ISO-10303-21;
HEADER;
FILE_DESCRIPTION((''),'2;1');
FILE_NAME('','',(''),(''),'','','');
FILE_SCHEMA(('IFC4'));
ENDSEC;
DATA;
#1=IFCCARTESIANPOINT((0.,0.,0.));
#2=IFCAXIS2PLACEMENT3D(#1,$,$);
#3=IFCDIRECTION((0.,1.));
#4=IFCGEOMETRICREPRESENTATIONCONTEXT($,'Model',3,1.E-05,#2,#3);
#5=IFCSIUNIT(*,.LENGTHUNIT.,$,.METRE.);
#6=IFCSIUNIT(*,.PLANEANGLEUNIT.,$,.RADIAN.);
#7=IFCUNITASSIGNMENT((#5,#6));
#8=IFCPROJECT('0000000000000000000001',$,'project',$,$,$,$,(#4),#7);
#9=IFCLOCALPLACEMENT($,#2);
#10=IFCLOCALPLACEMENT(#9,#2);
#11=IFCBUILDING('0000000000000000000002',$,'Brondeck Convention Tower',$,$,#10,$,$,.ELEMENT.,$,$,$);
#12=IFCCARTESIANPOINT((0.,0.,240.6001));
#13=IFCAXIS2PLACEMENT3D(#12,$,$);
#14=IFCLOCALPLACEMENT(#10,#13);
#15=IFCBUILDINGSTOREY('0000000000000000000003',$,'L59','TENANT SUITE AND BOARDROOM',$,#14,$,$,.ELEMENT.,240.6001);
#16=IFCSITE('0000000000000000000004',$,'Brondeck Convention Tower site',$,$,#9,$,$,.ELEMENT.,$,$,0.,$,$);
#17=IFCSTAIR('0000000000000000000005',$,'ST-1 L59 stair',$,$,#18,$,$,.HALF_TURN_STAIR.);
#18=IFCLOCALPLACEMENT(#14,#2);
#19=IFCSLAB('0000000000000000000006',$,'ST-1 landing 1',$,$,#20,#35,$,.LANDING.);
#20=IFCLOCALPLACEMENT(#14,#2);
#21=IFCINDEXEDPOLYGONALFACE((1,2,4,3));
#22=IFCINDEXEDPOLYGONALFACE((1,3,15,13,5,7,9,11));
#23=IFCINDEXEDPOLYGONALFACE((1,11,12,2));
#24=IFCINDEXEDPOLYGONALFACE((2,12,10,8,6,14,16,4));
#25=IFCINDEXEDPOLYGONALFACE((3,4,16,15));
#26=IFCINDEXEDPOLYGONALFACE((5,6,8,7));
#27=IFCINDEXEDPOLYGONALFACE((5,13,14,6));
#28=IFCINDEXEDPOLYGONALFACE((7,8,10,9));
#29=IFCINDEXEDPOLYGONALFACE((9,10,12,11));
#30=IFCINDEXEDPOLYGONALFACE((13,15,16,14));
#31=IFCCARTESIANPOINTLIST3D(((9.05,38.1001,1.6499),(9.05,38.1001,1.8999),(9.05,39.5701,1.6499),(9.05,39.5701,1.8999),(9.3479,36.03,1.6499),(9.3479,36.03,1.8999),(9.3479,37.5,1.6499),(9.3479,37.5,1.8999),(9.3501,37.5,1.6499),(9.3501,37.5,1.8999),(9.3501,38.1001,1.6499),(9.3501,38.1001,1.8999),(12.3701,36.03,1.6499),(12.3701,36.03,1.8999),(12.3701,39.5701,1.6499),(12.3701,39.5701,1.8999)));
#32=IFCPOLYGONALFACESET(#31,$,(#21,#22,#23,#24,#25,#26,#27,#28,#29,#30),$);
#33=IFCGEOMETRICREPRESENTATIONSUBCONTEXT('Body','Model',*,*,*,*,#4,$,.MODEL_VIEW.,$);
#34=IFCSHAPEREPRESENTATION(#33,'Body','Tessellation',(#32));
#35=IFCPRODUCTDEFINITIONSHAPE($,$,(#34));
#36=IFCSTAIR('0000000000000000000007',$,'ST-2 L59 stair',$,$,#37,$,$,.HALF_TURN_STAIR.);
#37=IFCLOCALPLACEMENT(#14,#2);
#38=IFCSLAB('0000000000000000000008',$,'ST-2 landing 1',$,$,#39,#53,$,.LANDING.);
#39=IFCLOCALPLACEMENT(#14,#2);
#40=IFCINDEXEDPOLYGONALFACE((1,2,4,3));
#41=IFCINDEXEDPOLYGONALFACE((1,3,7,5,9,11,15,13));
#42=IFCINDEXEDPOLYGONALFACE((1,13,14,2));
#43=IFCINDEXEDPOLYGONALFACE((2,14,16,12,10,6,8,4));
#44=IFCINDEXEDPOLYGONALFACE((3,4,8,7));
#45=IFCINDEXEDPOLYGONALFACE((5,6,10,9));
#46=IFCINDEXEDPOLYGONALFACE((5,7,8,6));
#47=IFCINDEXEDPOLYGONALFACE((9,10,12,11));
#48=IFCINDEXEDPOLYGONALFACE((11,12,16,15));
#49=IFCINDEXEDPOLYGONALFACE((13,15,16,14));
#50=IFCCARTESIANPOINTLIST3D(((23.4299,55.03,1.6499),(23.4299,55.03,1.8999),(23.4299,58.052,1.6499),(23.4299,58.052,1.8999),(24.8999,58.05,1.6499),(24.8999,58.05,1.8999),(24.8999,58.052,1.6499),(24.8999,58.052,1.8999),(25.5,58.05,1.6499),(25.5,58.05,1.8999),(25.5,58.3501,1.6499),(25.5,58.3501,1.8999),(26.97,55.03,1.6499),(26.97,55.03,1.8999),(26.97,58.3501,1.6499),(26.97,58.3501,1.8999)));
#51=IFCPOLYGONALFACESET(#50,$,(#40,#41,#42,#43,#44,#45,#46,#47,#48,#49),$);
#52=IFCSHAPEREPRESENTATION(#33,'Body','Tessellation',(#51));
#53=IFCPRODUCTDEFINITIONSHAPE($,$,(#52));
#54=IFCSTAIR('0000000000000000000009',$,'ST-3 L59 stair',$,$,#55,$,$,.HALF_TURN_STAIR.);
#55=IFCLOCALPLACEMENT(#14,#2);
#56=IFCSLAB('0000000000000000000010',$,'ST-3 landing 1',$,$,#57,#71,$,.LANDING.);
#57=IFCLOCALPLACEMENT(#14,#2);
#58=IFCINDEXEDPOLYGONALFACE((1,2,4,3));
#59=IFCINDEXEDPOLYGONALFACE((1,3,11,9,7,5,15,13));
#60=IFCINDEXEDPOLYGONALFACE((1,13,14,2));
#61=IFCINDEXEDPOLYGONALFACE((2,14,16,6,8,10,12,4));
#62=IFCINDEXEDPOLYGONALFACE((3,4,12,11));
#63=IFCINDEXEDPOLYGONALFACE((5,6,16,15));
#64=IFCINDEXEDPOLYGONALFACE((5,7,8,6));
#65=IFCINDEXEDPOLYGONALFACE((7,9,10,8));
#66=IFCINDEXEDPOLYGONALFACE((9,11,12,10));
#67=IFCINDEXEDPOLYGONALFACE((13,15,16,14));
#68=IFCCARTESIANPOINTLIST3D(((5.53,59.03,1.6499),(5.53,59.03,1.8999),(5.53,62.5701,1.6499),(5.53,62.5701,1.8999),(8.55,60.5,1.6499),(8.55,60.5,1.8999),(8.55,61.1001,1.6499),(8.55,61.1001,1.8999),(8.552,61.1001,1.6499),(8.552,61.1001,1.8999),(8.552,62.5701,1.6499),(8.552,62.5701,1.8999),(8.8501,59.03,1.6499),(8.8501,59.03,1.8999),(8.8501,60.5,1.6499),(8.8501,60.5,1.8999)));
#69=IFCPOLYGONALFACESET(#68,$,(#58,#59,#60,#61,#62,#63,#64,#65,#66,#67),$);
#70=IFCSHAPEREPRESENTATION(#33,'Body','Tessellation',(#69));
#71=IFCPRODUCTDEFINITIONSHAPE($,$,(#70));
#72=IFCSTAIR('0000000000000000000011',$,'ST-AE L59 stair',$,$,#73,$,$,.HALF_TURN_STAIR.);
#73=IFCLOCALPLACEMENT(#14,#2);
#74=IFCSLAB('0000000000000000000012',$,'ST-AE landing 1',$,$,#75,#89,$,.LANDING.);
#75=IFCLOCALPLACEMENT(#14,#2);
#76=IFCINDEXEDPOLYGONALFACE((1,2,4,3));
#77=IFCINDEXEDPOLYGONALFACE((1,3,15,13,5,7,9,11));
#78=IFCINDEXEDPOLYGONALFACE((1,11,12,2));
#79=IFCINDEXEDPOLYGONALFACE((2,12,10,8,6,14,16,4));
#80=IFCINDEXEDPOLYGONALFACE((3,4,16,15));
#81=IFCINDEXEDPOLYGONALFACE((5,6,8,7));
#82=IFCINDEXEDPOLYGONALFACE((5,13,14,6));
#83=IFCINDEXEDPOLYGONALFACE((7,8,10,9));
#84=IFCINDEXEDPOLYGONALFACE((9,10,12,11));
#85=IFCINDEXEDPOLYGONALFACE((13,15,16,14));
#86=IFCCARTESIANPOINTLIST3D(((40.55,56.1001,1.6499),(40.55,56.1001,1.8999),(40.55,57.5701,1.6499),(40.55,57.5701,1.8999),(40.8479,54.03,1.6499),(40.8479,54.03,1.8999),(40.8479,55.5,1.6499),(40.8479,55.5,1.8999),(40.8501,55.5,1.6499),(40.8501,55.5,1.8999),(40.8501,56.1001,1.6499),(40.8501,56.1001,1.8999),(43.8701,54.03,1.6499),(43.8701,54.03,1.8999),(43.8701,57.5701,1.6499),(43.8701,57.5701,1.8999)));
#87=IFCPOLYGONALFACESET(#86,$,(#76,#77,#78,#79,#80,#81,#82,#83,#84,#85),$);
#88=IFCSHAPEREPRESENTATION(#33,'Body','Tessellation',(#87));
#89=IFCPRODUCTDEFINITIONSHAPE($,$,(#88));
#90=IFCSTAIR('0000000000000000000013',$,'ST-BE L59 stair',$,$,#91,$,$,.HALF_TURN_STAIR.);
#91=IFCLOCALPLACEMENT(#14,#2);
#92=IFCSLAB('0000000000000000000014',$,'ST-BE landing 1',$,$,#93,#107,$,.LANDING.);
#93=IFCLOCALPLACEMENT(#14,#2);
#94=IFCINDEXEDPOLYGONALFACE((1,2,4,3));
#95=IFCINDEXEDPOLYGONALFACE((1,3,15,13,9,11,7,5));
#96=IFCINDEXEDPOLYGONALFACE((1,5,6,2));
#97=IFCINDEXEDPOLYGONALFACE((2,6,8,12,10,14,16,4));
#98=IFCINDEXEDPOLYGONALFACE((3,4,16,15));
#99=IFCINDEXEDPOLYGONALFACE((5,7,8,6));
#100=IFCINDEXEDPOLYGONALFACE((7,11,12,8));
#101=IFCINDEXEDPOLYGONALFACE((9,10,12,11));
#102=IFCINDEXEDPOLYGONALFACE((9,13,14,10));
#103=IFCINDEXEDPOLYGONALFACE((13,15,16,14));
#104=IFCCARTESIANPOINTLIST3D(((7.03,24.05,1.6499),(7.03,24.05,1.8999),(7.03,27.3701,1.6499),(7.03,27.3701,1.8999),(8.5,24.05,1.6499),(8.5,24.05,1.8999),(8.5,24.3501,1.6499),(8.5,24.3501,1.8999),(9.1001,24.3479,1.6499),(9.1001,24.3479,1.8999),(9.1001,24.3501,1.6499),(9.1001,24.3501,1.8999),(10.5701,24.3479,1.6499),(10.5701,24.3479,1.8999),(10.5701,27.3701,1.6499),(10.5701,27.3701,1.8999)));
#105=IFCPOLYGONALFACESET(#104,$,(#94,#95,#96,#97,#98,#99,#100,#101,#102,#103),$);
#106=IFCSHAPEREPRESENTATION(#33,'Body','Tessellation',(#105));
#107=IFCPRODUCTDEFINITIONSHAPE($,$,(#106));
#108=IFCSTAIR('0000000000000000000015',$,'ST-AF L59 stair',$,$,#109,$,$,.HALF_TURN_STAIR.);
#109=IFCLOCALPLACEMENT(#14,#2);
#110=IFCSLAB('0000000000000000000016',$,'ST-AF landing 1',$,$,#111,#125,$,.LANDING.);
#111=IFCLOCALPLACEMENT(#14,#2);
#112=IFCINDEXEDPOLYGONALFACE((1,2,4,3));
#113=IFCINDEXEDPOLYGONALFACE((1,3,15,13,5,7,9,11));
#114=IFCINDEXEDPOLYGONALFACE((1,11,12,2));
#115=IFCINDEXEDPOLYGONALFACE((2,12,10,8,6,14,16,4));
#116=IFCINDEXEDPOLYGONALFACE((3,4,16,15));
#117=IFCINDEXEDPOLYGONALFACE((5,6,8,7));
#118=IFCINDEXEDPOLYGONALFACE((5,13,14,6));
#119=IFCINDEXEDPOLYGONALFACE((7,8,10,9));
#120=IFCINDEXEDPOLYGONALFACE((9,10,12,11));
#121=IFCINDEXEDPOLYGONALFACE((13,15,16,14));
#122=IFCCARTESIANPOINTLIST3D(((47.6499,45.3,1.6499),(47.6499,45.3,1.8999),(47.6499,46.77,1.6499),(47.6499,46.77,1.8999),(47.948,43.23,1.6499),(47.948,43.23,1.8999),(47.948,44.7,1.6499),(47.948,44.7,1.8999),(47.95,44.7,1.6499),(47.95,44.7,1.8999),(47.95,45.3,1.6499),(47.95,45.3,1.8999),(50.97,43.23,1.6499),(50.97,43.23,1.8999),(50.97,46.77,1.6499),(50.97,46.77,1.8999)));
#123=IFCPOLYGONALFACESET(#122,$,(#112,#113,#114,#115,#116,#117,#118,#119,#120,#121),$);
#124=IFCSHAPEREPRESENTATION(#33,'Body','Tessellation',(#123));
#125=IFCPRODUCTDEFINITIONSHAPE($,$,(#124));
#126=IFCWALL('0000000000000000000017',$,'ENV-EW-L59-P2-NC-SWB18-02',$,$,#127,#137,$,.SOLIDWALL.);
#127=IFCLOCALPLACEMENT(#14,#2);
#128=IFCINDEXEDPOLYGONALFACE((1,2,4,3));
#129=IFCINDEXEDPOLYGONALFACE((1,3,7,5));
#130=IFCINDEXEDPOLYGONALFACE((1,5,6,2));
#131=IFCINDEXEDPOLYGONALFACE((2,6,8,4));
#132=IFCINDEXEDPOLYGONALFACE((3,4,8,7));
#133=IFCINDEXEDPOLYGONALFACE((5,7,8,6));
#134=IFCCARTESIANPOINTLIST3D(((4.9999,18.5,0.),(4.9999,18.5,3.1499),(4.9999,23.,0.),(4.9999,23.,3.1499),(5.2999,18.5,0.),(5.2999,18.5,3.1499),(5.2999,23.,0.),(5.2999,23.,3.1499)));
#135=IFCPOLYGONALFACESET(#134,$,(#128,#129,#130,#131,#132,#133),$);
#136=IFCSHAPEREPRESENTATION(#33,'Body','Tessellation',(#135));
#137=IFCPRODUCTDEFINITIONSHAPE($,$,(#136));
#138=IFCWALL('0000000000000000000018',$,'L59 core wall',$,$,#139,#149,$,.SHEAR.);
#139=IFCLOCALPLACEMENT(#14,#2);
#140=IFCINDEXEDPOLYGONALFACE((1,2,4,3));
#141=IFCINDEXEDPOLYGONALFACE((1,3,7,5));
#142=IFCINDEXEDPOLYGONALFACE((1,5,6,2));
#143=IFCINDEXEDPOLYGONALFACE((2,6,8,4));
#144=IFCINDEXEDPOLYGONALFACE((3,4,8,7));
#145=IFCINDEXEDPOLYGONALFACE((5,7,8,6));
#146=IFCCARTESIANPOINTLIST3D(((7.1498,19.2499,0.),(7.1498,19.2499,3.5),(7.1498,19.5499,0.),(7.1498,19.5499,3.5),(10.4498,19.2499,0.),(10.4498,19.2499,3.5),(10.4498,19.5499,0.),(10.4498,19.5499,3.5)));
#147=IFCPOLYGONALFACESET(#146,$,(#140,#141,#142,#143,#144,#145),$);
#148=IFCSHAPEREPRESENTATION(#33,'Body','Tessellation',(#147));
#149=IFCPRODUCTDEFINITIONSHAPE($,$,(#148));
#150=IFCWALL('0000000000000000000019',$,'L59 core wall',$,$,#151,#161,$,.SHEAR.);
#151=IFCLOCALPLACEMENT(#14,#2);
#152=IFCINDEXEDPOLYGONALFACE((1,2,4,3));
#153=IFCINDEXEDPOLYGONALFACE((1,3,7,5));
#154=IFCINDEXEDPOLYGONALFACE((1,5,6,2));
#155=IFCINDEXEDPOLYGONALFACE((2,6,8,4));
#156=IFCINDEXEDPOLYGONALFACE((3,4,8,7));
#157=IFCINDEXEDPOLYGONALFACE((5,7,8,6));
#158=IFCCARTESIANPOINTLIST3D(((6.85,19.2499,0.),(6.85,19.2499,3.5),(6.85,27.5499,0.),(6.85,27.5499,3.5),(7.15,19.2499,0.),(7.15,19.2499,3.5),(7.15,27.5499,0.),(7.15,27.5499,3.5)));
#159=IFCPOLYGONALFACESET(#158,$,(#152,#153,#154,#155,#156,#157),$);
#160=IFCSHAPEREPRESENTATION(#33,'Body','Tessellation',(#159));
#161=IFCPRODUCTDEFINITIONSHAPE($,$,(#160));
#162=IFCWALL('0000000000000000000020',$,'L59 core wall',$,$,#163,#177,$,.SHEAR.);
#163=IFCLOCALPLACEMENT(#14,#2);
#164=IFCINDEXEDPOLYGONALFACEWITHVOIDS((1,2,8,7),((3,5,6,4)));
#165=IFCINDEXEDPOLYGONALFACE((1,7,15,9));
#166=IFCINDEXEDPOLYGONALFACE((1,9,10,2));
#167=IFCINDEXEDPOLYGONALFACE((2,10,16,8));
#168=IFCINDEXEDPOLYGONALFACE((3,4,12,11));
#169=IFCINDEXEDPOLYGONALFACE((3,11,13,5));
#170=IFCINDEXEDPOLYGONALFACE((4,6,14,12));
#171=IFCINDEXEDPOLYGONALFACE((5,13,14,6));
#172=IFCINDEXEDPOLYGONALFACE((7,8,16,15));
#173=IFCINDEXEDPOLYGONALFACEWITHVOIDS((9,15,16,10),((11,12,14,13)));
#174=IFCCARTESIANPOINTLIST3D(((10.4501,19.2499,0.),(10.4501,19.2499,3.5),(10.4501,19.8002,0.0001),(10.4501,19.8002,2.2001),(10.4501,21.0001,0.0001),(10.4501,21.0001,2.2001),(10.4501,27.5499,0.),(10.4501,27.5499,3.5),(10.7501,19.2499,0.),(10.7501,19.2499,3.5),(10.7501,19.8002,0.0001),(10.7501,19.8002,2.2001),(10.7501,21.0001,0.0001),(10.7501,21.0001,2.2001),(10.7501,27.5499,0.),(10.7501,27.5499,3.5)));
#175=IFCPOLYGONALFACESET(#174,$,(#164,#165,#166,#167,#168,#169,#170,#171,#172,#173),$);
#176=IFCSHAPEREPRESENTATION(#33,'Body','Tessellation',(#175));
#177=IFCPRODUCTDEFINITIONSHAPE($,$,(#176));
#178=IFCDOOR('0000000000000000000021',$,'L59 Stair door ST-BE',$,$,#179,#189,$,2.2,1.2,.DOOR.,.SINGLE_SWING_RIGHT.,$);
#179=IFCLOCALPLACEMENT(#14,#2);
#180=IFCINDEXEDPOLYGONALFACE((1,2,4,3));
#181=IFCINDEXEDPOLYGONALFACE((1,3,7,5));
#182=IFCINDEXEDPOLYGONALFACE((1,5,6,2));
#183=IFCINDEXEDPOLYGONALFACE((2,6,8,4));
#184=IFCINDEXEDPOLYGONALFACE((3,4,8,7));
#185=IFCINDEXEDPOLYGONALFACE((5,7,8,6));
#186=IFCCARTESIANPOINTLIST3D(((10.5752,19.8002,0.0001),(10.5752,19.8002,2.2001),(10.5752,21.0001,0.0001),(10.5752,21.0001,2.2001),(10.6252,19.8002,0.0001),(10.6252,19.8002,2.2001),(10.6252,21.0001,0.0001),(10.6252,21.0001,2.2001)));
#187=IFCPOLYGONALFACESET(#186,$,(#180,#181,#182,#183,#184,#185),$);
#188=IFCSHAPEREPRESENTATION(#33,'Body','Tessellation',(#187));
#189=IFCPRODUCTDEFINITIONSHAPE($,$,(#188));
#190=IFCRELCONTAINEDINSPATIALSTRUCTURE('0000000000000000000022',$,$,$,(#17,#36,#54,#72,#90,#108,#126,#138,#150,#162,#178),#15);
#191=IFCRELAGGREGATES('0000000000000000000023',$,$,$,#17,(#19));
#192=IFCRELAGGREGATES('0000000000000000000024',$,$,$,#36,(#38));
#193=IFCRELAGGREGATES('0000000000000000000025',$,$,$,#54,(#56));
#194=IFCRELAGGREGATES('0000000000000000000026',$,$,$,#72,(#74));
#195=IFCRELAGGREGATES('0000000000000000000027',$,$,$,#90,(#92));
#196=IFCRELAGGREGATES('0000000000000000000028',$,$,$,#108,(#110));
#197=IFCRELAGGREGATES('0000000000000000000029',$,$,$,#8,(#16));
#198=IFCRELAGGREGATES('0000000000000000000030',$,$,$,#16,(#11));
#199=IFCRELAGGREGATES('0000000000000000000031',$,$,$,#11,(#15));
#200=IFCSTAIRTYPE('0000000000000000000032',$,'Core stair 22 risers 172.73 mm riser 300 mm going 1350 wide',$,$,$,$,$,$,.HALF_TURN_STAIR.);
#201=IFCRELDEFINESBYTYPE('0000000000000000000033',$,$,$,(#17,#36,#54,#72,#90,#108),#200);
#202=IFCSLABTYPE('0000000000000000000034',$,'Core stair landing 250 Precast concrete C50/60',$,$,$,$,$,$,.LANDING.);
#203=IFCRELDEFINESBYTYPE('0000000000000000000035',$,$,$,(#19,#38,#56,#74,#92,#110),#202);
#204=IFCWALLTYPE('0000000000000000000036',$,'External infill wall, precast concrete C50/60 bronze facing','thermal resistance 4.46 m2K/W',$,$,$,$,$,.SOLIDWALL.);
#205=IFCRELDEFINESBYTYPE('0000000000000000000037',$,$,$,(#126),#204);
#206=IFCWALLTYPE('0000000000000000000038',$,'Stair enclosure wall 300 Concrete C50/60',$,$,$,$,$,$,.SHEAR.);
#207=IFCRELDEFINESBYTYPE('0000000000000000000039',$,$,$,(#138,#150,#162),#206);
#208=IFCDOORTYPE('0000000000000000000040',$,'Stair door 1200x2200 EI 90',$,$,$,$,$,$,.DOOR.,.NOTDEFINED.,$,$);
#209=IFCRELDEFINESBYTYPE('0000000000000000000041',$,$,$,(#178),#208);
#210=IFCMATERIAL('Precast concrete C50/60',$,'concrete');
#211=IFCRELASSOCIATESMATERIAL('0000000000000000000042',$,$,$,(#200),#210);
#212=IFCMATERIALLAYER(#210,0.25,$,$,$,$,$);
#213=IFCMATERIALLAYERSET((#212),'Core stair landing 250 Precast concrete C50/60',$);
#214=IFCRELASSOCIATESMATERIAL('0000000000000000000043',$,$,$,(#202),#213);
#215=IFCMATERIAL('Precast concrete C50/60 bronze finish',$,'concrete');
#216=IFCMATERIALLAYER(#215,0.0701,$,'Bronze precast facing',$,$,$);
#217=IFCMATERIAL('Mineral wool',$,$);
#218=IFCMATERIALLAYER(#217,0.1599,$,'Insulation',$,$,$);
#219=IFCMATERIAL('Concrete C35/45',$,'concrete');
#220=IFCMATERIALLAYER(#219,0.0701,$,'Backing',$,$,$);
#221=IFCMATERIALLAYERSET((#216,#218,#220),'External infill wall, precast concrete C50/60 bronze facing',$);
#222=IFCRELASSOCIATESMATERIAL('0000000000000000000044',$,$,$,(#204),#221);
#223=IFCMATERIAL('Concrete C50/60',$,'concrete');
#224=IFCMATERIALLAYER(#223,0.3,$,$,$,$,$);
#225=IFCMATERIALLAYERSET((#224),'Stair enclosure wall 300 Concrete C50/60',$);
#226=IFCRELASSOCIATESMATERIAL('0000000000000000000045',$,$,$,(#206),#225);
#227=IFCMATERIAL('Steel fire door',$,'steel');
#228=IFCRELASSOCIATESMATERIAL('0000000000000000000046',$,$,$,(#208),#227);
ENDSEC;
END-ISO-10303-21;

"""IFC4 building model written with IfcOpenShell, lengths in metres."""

from ifc_helpers import new_model, si_unit, direction, frame, frame_2d, origin, place, context, subcontext, project, spatial, polyline, rectangle, outline, extrude, material, layer, layer_set, type_object, element, fill, aggregate, save


model = new_model("IFC4")

# Units and contexts
model_context = context("Model", 3, precision=1e-05, world=origin(), true_north=direction((0.0, 1.0)))
body_context = subcontext(model_context, "Body", "Model", "MODEL_VIEW")
ifc_project = project(units=[si_unit("LENGTHUNIT", "METRE"), si_unit("PLANEANGLEUNIT", "RADIAN")], contexts=[model_context])

# Site, building, storey
site_placement = place(None, origin())
site = spatial("IfcSite", under=ifc_project, at=site_placement, Name="Brondeck Convention Tower site", CompositionType="ELEMENT", RefElevation=0.0)
building_placement = place(site_placement, origin())
building = spatial("IfcBuilding", under=site, at=building_placement, Name="Brondeck Convention Tower", CompositionType="ELEMENT")
storey_placement = place(building_placement, frame((0.0, 0.0, 240.6001)))
storey = spatial("IfcBuildingStorey", under=building, at=storey_placement, Name="L59", Description="TENANT SUITE AND BOARDROOM", CompositionType="ELEMENT", Elevation=240.6001)

# Shared definitions
ifc_material_1 = material(Name="Concrete C50/60", Category="concrete")

# Shared definitions
ifc_material_2 = material(Name="Concrete C35/45", Category="concrete")

# Stairs, slabs
ifc_material_3 = material(Name="Precast concrete C50/60", Category="concrete")
stair_type = type_object("IfcStairType", Name="Core stair 22 risers 172.73 mm riser 300 mm going 1350 wide", PredefinedType="HALF_TURN_STAIR", material=ifc_material_3)
stair_1_placement = place(storey_placement, origin())
stair_1 = element("IfcStair", 1, at=stair_1_placement, inside=storey, type_object=stair_type, Name="ST-1 L59 stair", PredefinedType="HALF_TURN_STAIR")
ifc_layer_1 = layer(ifc_material_3, 0.25)
ifc_layer_set_1 = layer_set([ifc_layer_1], Name="Core stair landing 250 Precast concrete C50/60")
slab_type_1 = type_object("IfcSlabType", Name="Core stair landing 250 Precast concrete C50/60", PredefinedType="LANDING", material=ifc_layer_set_1)
slab_1_placement = place(storey_placement, frame((0.0, 0.0, 1.6499)))
slab_1 = element("IfcSlab", 2, at=slab_1_placement, type_object=slab_type_1, Name="ST-1 landing 1", PredefinedType="LANDING", context=body_context, shape_type="SweptSolid", body=[
    extrude(outline(polyline([(9.3479, 37.5), (9.3501, 37.5), (9.3501, 38.1001), (9.05, 38.1001), (9.05, 39.5701), (12.3701, 39.5701), (12.3701, 36.03), (9.3479, 36.03), (9.3479, 37.5)])), origin(), (0.0, 0.0, 1.0), 0.25),
])
aggregate(stair_1, [slab_1])
stair_2_placement = place(storey_placement, origin())
stair_2 = element("IfcStair", 3, at=stair_2_placement, inside=storey, type_object=stair_type, Name="ST-2 L59 stair", PredefinedType="HALF_TURN_STAIR")
slab_2_placement = place(storey_placement, frame((0.0, 0.0, 1.6499)))
slab_2 = element("IfcSlab", 4, at=slab_2_placement, type_object=slab_type_1, Name="ST-2 landing 1", PredefinedType="LANDING", context=body_context, shape_type="SweptSolid", body=[
    extrude(outline(polyline([(23.4299, 58.052), (24.8999, 58.052), (24.8999, 58.05), (25.5, 58.05), (25.5, 58.3501), (26.97, 58.3501), (26.97, 55.03), (23.4299, 55.03), (23.4299, 58.052)])), origin(), (0.0, 0.0, 1.0), 0.25),
])
aggregate(stair_2, [slab_2])
stair_3_placement = place(storey_placement, origin())
stair_3 = element("IfcStair", 5, at=stair_3_placement, inside=storey, type_object=stair_type, Name="ST-3 L59 stair", PredefinedType="HALF_TURN_STAIR")
slab_3_placement = place(storey_placement, frame((0.0, 0.0, 1.6499)))
slab_3 = element("IfcSlab", 6, at=slab_3_placement, type_object=slab_type_1, Name="ST-3 landing 1", PredefinedType="LANDING", context=body_context, shape_type="SweptSolid", body=[
    extrude(outline(polyline([(8.8501, 60.5), (8.8501, 59.03), (5.53, 59.03), (5.53, 62.5701), (8.552, 62.5701), (8.552, 61.1001), (8.55, 61.1001), (8.55, 60.5), (8.8501, 60.5)])), origin(), (0.0, 0.0, 1.0), 0.25),
])
aggregate(stair_3, [slab_3])
stair_4_placement = place(storey_placement, origin())
stair_4 = element("IfcStair", 7, at=stair_4_placement, inside=storey, type_object=stair_type, Name="ST-AE L59 stair", PredefinedType="HALF_TURN_STAIR")
slab_4_placement = place(storey_placement, frame((0.0, 0.0, 1.6499)))
slab_4 = element("IfcSlab", 8, at=slab_4_placement, type_object=slab_type_1, Name="ST-AE landing 1", PredefinedType="LANDING", context=body_context, shape_type="SweptSolid", body=[
    extrude(outline(polyline([(40.8479, 55.5), (40.8501, 55.5), (40.8501, 56.1001), (40.55, 56.1001), (40.55, 57.5701), (43.8701, 57.5701), (43.8701, 54.03), (40.8479, 54.03), (40.8479, 55.5)])), origin(), (0.0, 0.0, 1.0), 0.25),
])
aggregate(stair_4, [slab_4])
stair_5_placement = place(storey_placement, origin())
stair_5 = element("IfcStair", 9, at=stair_5_placement, inside=storey, type_object=stair_type, Name="ST-BE L59 stair", PredefinedType="HALF_TURN_STAIR")
slab_5_placement = place(storey_placement, frame((0.0, 0.0, 1.6499)))
slab_5 = element("IfcSlab", 10, at=slab_5_placement, type_object=slab_type_1, Name="ST-BE landing 1", PredefinedType="LANDING", context=body_context, shape_type="SweptSolid", body=[
    extrude(outline(polyline([(7.03, 24.05), (7.03, 27.3701), (10.5701, 27.3701), (10.5701, 24.3479), (9.1001, 24.3479), (9.1001, 24.3501), (8.5, 24.3501), (8.5, 24.05), (7.03, 24.05)])), origin(), (0.0, 0.0, 1.0), 0.25),
])
aggregate(stair_5, [slab_5])
stair_6_placement = place(storey_placement, origin())
stair_6 = element("IfcStair", 11, at=stair_6_placement, inside=storey, type_object=stair_type, Name="ST-AF L59 stair", PredefinedType="HALF_TURN_STAIR")
slab_6_placement = place(storey_placement, frame((0.0, 0.0, 1.6499)))
slab_6 = element("IfcSlab", 12, at=slab_6_placement, type_object=slab_type_1, Name="ST-AF landing 1", PredefinedType="LANDING", context=body_context, shape_type="SweptSolid", body=[
    extrude(outline(polyline([(47.948, 44.7), (47.95, 44.7), (47.95, 45.3), (47.6499, 45.3), (47.6499, 46.77), (50.97, 46.77), (50.97, 43.23), (47.948, 43.23), (47.948, 44.7)])), origin(), (0.0, 0.0, 1.0), 0.25),
])
aggregate(stair_6, [slab_6])

# Walls
ifc_material_4 = material(Name="Precast concrete C50/60 bronze finish", Category="concrete")
ifc_layer_2 = layer(ifc_material_4, 0.0701, Name="Bronze precast facing")
ifc_material_5 = material(Name="Mineral wool")
ifc_layer_3 = layer(ifc_material_5, 0.1599, Name="Insulation")
ifc_layer_4 = layer(ifc_material_2, 0.0701, Name="Backing")
ifc_layer_set_2 = layer_set([ifc_layer_2, ifc_layer_3, ifc_layer_4], Name="External infill wall, precast concrete C50/60 bronze facing")
wall_type_1 = type_object("IfcWallType", Name="External infill wall, precast concrete C50/60 bronze facing", Description="thermal resistance 4.46 m2K/W", PredefinedType="SOLIDWALL", material=ifc_layer_set_2)
wall_1_placement = place(storey_placement, frame((5.1499, 18.5, 0.0), z_axis=(0.0, 0.0, 1.0), x_axis=(0.0, 1.0, 0.0)))
element("IfcWall", 13, at=wall_1_placement, inside=storey, type_object=wall_type_1, Name="ENV-EW-L59-P2-NC-SWB18-02", PredefinedType="SOLIDWALL", context=body_context, shape_type="SweptSolid", body=[
    extrude(rectangle(XDim=4.5, YDim=0.3, at=frame_2d((2.25, 0.0))), origin(), (0.0, 0.0, 1.0), 3.1499),
])
ifc_layer_5 = layer(ifc_material_1, 0.3)
ifc_layer_set_3 = layer_set([ifc_layer_5], Name="Stair enclosure wall 300 Concrete C50/60")
wall_type_2 = type_object("IfcWallType", Name="Stair enclosure wall 300 Concrete C50/60", PredefinedType="SHEAR", material=ifc_layer_set_3)
wall_2_placement = place(storey_placement, frame((7.1499, 19.3999, 0.0), z_axis=(0.0, 0.0, 1.0), x_axis=(1.0, 0.0, 0.0)))
element("IfcWall", 14, at=wall_2_placement, inside=storey, type_object=wall_type_2, Name="L59 core wall", PredefinedType="SHEAR", context=body_context, shape_type="SweptSolid", body=[
    extrude(rectangle(XDim=3.3, YDim=0.3, at=frame_2d((1.6499, 0.0))), origin(), (0.0, 0.0, 1.0), 3.5),
])
wall_3_placement = place(storey_placement, frame((7.0, 19.25, 0.0), z_axis=(0.0, 0.0, 1.0), x_axis=(0.0, 1.0, 0.0)))
element("IfcWall", 15, at=wall_3_placement, inside=storey, type_object=wall_type_2, Name="L59 core wall", PredefinedType="SHEAR", context=body_context, shape_type="SweptSolid", body=[
    extrude(rectangle(XDim=8.3, YDim=0.3, at=frame_2d((4.1499, 0.0))), origin(), (0.0, 0.0, 1.0), 3.5),
])

# Wall, opening, door
wall_4_placement = place(storey_placement, frame((10.6001, 19.25, 0.0), z_axis=(0.0, 0.0, 1.0), x_axis=(0.0, 1.0, 0.0)))
wall_4 = element("IfcWall", 16, at=wall_4_placement, inside=storey, type_object=wall_type_2, Name="L59 core wall", PredefinedType="SHEAR", context=body_context, shape_type="SweptSolid", body=[
    extrude(rectangle(XDim=8.3, YDim=0.3, at=frame_2d((4.1499, 0.0))), origin(), (0.0, 0.0, 1.0), 3.5),
])
opening_placement = place(wall_4_placement, frame((0.55, 0.0, 0.0)))
opening = element("IfcOpeningElement", 17, at=opening_placement, cuts=wall_4, PredefinedType="OPENING", context=body_context, shape_type="SweptSolid", body=[
    extrude(rectangle(XDim=1.2, YDim=2.2, at=frame_2d((0.6001, 1.1001))), frame((0.0, 0.1599, 0.0), z_axis=(0.0, -1.0, 0.0), x_axis=(1.0, 0.0, 0.0)), (0.0, 0.0, 1.0), 0.3201),
])
ifc_material_6 = material(Name="Steel fire door", Category="steel")
door_type = type_object("IfcDoorType", Name="Stair door 1200x2200 EI 90", OperationType="NOTDEFINED", PredefinedType="DOOR", material=ifc_material_6)
door_placement = place(opening_placement, origin())
door = element("IfcDoor", 18, at=door_placement, inside=storey, type_object=door_type, Name="L59 Stair door ST-BE", OperationType="SINGLE_SWING_RIGHT", OverallHeight=2.2, OverallWidth=1.2, PredefinedType="DOOR", context=body_context, shape_type="SweptSolid", body=[
    extrude(rectangle(XDim=1.2, YDim=2.2, at=frame_2d((0.6001, 1.1001))), frame((0.0, 0.0249, 0.0), z_axis=(0.0, -1.0, 0.0), x_axis=(1.0, 0.0, 0.0)), (0.0, 0.0, 1.0), 0.05),
])
fill(opening, door)

save(model, "model.ifc")
